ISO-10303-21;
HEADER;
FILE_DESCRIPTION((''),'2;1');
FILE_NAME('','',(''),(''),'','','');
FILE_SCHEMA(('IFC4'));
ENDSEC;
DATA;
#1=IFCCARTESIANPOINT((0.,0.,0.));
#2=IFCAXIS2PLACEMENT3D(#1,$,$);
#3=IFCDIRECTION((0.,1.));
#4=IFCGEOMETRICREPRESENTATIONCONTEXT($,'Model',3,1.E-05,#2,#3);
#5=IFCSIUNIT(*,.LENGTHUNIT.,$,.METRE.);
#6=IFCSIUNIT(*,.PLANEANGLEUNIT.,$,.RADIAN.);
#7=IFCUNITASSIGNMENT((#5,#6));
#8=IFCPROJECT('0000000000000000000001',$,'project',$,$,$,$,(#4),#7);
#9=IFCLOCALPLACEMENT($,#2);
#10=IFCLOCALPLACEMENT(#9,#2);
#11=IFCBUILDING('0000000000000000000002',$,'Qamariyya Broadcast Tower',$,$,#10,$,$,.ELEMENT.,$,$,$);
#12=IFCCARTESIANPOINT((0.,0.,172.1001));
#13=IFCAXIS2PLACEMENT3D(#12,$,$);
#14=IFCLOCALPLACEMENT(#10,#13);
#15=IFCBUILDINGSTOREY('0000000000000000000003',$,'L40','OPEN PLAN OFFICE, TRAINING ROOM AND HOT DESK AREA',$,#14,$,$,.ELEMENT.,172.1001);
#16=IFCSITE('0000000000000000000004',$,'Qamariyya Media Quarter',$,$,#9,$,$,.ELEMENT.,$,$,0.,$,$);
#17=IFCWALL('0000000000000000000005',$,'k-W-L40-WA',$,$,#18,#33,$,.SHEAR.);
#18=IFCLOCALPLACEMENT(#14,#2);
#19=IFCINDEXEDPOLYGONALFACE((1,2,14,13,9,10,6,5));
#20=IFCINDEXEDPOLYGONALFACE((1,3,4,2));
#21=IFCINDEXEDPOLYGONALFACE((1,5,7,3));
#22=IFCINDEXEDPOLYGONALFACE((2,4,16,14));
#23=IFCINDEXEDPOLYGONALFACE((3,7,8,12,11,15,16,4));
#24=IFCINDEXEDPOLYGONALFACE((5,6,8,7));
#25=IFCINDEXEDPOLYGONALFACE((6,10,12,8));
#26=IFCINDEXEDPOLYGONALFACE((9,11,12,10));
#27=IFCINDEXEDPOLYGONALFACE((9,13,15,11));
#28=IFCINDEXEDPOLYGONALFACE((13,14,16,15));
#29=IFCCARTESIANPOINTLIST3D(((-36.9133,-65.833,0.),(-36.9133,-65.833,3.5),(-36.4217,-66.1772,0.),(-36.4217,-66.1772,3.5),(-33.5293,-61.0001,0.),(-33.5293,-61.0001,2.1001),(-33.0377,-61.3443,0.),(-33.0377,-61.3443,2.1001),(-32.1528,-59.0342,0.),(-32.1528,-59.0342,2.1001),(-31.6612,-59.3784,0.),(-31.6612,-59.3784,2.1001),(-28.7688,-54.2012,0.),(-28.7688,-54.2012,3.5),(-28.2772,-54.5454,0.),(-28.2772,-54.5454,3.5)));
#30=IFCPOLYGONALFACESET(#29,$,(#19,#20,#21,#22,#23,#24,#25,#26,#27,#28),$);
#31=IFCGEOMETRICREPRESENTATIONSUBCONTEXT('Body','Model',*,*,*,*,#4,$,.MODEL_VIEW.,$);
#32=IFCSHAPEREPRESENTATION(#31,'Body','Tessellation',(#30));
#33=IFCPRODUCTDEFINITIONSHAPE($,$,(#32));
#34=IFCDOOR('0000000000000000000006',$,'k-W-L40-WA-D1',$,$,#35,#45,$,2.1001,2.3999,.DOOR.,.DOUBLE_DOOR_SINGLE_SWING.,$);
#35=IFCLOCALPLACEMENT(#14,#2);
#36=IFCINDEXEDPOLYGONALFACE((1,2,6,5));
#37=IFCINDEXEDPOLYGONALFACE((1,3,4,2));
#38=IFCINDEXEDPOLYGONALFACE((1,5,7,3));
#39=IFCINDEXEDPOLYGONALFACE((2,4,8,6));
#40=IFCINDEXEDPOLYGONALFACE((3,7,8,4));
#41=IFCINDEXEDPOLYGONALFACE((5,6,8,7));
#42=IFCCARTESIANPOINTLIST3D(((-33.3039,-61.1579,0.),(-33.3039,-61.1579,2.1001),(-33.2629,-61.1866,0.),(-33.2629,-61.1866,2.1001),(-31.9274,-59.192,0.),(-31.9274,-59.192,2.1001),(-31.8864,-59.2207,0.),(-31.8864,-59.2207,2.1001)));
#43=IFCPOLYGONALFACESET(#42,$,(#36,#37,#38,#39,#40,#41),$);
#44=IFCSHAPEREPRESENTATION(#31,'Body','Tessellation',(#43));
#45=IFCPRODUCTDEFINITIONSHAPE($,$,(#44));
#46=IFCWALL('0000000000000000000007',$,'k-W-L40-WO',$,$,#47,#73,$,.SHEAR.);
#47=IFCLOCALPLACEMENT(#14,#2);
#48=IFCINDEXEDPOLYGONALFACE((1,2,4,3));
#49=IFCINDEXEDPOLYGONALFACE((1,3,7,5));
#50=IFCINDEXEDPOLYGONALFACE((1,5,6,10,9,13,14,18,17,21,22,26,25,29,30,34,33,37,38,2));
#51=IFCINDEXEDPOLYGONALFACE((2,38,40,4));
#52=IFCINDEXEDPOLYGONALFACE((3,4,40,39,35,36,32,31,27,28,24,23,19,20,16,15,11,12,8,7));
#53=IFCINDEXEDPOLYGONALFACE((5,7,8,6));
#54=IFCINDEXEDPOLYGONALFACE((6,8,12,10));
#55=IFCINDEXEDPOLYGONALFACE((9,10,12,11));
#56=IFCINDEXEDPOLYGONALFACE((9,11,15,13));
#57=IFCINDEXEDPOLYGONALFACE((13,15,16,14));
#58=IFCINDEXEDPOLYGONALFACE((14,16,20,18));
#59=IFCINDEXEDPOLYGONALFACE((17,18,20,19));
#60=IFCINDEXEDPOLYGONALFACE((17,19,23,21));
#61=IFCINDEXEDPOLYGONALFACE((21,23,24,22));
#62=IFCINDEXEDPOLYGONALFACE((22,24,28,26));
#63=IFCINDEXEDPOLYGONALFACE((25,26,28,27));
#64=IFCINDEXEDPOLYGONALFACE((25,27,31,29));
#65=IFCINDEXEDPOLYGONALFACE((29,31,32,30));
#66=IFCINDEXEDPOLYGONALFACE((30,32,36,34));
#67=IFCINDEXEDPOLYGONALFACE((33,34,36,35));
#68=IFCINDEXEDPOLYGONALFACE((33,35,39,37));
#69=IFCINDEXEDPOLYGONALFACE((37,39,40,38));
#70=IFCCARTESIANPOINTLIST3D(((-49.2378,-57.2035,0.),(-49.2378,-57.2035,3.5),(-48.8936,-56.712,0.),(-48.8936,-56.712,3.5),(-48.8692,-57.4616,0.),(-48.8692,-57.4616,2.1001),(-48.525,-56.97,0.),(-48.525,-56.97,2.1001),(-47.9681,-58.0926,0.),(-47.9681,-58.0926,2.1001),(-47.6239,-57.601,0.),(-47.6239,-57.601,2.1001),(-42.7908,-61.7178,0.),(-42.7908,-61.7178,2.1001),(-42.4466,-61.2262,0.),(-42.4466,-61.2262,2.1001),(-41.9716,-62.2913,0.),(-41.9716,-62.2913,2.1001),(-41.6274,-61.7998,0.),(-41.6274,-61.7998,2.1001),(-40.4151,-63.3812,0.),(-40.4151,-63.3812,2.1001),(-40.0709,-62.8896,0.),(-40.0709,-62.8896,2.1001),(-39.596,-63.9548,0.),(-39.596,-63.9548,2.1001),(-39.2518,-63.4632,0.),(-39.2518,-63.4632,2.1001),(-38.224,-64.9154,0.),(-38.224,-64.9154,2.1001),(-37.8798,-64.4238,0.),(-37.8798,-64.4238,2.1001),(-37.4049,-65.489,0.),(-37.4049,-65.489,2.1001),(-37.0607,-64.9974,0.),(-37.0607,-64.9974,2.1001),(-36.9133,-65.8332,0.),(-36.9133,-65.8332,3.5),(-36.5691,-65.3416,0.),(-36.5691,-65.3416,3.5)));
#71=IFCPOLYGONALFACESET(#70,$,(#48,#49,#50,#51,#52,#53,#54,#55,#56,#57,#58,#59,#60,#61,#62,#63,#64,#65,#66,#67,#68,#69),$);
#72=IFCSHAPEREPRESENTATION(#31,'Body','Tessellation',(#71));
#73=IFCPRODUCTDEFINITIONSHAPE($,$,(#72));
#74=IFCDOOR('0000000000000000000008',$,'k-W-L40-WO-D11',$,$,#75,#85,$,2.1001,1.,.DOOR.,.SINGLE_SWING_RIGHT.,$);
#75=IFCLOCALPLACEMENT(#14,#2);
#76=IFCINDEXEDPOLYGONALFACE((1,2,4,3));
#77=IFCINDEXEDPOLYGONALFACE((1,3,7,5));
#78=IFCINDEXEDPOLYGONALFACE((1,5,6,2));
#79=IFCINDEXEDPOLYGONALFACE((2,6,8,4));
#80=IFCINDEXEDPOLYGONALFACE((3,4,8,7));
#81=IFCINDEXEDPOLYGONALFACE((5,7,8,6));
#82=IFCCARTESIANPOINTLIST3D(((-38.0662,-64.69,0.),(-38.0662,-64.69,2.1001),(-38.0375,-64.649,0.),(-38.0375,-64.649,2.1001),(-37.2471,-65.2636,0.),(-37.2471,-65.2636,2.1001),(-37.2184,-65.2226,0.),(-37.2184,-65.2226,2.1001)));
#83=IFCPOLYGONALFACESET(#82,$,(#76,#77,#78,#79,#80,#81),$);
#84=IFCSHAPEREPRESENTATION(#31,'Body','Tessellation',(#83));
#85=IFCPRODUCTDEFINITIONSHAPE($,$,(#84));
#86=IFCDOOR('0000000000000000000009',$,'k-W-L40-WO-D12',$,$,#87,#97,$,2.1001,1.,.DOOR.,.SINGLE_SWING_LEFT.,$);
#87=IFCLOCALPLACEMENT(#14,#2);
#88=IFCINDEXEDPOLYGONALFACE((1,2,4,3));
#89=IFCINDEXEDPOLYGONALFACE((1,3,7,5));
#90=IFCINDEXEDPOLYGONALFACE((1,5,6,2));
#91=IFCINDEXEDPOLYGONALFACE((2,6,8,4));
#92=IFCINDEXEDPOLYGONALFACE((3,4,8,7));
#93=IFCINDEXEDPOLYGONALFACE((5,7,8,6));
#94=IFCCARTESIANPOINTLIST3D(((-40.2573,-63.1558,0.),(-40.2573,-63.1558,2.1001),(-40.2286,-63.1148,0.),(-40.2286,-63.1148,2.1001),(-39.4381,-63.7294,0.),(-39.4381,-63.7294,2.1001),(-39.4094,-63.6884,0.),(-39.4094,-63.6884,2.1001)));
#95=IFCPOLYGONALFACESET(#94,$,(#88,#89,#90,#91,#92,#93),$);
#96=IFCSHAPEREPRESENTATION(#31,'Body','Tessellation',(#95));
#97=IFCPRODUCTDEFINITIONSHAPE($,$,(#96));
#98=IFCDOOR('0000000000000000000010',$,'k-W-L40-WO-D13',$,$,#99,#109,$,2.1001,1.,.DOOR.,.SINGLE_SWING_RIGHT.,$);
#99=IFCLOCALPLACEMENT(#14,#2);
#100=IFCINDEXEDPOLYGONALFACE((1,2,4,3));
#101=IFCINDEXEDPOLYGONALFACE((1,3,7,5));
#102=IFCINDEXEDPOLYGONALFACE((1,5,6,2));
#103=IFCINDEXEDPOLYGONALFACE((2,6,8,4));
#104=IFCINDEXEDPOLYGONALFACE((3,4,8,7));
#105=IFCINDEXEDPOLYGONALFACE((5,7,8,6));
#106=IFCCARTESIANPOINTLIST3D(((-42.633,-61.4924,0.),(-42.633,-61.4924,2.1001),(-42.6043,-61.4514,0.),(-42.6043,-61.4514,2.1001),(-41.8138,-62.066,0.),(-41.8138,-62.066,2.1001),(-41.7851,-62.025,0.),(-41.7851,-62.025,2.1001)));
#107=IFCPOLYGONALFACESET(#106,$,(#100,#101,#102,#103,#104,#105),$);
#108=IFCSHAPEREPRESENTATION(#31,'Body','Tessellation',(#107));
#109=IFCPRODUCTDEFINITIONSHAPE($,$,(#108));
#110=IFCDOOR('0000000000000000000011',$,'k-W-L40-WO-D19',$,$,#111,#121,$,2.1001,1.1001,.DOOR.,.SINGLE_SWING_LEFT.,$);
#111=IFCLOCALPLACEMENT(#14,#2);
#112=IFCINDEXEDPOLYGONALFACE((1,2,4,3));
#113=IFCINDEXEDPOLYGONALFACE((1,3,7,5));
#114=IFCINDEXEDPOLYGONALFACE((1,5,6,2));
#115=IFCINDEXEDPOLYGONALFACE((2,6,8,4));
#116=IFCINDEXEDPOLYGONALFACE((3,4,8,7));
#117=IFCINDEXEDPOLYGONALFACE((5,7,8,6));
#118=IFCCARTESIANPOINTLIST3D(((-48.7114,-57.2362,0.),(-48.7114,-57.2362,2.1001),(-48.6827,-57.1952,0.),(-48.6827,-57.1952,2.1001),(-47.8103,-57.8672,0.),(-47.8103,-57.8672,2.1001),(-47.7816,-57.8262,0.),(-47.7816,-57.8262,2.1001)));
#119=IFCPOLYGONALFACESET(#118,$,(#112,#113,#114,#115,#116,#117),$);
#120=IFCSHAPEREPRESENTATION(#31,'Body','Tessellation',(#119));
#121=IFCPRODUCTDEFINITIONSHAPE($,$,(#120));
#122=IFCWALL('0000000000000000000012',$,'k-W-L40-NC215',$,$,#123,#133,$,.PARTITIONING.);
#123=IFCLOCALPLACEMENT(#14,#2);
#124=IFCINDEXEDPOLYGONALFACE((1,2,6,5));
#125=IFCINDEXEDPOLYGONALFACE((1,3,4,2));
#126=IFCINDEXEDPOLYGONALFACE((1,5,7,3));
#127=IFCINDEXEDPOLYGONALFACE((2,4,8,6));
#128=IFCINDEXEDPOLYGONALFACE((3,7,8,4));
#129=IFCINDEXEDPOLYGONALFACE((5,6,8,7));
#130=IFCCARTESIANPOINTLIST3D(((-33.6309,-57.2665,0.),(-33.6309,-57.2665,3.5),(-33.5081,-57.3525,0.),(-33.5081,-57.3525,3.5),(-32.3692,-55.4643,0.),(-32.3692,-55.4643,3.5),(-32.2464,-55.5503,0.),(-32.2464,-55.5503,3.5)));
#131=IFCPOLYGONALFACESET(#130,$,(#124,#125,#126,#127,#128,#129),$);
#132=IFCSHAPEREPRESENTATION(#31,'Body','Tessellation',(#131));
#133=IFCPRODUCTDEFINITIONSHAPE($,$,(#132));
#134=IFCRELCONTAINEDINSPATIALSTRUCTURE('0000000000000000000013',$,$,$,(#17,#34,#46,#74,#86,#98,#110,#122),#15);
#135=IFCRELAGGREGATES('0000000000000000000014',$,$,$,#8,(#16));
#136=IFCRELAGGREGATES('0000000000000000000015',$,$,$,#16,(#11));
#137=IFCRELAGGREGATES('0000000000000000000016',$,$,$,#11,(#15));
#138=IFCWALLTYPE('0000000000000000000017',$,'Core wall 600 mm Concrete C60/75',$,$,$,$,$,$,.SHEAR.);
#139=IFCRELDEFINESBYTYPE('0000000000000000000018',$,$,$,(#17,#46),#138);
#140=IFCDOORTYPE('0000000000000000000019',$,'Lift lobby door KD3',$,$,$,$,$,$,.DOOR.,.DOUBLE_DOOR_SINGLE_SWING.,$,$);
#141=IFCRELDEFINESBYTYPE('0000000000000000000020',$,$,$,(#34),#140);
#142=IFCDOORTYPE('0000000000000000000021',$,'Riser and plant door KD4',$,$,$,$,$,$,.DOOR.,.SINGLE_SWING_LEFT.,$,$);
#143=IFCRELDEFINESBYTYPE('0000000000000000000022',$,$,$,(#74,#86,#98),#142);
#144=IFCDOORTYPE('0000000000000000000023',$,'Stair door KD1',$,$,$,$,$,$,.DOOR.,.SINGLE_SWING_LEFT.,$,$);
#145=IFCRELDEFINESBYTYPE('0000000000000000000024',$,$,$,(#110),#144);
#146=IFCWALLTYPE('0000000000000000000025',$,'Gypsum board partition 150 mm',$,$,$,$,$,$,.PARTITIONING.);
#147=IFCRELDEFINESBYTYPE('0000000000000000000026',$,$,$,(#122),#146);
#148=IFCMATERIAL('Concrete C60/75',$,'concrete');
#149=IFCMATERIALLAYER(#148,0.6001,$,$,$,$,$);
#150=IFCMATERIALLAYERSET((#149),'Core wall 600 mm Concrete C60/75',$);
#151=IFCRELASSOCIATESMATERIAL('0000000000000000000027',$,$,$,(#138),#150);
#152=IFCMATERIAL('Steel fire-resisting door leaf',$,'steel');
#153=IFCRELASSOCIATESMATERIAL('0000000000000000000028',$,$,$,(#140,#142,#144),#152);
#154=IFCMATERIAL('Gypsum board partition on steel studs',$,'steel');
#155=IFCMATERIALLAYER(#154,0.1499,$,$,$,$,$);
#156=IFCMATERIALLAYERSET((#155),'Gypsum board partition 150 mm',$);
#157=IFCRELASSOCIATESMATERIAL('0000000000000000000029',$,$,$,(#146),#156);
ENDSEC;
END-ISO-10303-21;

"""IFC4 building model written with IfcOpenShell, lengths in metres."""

from ifc_helpers import new_model, si_unit, direction, frame, frame_2d, origin, place, context, subcontext, project, spatial, rectangle, extrude, material, layer, layer_set, type_object, element, fill, save


model = new_model("IFC4")

# Units and contexts
model_context = context("Model", 3, precision=1e-05, world=origin(), true_north=direction((0.0, 1.0)))
body_context = subcontext(model_context, "Body", "Model", "MODEL_VIEW")
ifc_project = project(units=[si_unit("LENGTHUNIT", "METRE"), si_unit("PLANEANGLEUNIT", "RADIAN")], contexts=[model_context])

# Site, building, storey
site_placement = place(None, origin())
site = spatial("IfcSite", under=ifc_project, at=site_placement, Name="Qamariyya Media Quarter", CompositionType="ELEMENT", RefElevation=0.0)
building_placement = place(site_placement, origin())
building = spatial("IfcBuilding", under=site, at=building_placement, Name="Qamariyya Broadcast Tower", CompositionType="ELEMENT")
storey_placement = place(building_placement, frame((0.0, 0.0, 172.1001)))
storey = spatial("IfcBuildingStorey", under=building, at=storey_placement, Name="L40", Description="OPEN PLAN OFFICE, TRAINING ROOM AND HOT DESK AREA", CompositionType="ELEMENT", Elevation=172.1001)

# Wall, opening, door
ifc_material_1 = material(Name="Concrete C60/75", Category="concrete")
ifc_layer_1 = layer(ifc_material_1, 0.6001)
ifc_layer_set_1 = layer_set([ifc_layer_1], Name="Core wall 600 mm Concrete C60/75")
wall_type_1 = type_object("IfcWallType", Name="Core wall 600 mm Concrete C60/75", PredefinedType="SHEAR", material=ifc_layer_set_1)
wall_1_placement = place(storey_placement, frame((-36.6675, -66.0051, 0.0), z_axis=(0.0, 0.0, 1.0), x_axis=(0.573568, 0.819158, 0.0)))
wall_1 = element("IfcWall", 1, at=wall_1_placement, inside=storey, type_object=wall_type_1, Name="k-W-L40-WA", PredefinedType="SHEAR", context=body_context, shape_type="SweptSolid", body=[
    extrude(rectangle(XDim=14.1997, YDim=0.6001, at=frame_2d((7.0999, 0.0))), origin(), (0.0, 0.0, 1.0), 3.5),
])
opening_1_placement = place(wall_1_placement, frame((5.8999, 0.0, 0.0)))
opening_1 = element("IfcOpeningElement", 2, at=opening_1_placement, cuts=wall_1, PredefinedType="OPENING", context=body_context, shape_type="SweptSolid", body=[
    extrude(rectangle(XDim=2.3999, YDim=2.1001, at=frame_2d((1.2, 1.05))), frame((0.0, 0.3101, 0.0), z_axis=(0.0, -1.0, 0.0), x_axis=(1.0, 0.0, 0.0)), (0.0, 0.0, 1.0), 0.6201),
])
ifc_material_2 = material(Name="Steel fire-resisting door leaf", Category="steel")
door_type_1 = type_object("IfcDoorType", Name="Lift lobby door KD3", OperationType="DOUBLE_DOOR_SINGLE_SWING", PredefinedType="DOOR", material=ifc_material_2)
door_1_placement = place(opening_1_placement, origin())
door_1 = element("IfcDoor", 3, at=door_1_placement, inside=storey, type_object=door_type_1, Name="k-W-L40-WA-D1", OperationType="DOUBLE_DOOR_SINGLE_SWING", OverallHeight=2.1001, OverallWidth=2.3999, PredefinedType="DOOR", context=body_context, shape_type="SweptSolid", body=[
    extrude(rectangle(XDim=2.3999, YDim=2.1001, at=frame_2d((1.2, 1.05))), frame((0.0, 0.0249, 0.0), z_axis=(0.0, -1.0, 0.0), x_axis=(1.0, 0.0, 0.0)), (0.0, 0.0, 1.0), 0.05),
])
fill(opening_1, door_1)

# Wall, openings, doors
wall_2_placement = place(storey_placement, frame((-36.7412, -65.5874, 0.0), z_axis=(0.0, 0.0, 1.0), x_axis=(-0.819153, 0.573575, 0.0)))
wall_2 = element("IfcWall", 4, at=wall_2_placement, inside=storey, type_object=wall_type_1, Name="k-W-L40-WO", PredefinedType="SHEAR", context=body_context, shape_type="SweptSolid", body=[
    extrude(rectangle(XDim=15.0454, YDim=0.6001, at=frame_2d((7.5227, 0.0))), origin(), (0.0, 0.0, 1.0), 3.5),
])
opening_2_placement = place(wall_2_placement, frame((0.6001, 0.0, 0.0)))
opening_2 = element("IfcOpeningElement", 5, at=opening_2_placement, cuts=wall_2, PredefinedType="OPENING", context=body_context, shape_type="SweptSolid", body=[
    extrude(rectangle(XDim=1.0, YDim=2.1001, at=frame_2d((0.5, 1.05))), frame((0.0, 0.3101, 0.0), z_axis=(0.0, -1.0, 0.0), x_axis=(1.0, 0.0, 0.0)), (0.0, 0.0, 1.0), 0.6201),
])
opening_3_placement = place(wall_2_placement, frame((3.2749, 0.0, 0.0)))
opening_3 = element("IfcOpeningElement", 6, at=opening_3_placement, cuts=wall_2, PredefinedType="OPENING", context=body_context, shape_type="SweptSolid", body=[
    extrude(rectangle(XDim=1.0, YDim=2.1001, at=frame_2d((0.5, 1.05))), frame((0.0, 0.3101, 0.0), z_axis=(0.0, -1.0, 0.0), x_axis=(1.0, 0.0, 0.0)), (0.0, 0.0, 1.0), 0.6201),
])
opening_4_placement = place(wall_2_placement, frame((6.175, 0.0, 0.0)))
opening_4 = element("IfcOpeningElement", 7, at=opening_4_placement, cuts=wall_2, PredefinedType="OPENING", context=body_context, shape_type="SweptSolid", body=[
    extrude(rectangle(XDim=1.0, YDim=2.1001, at=frame_2d((0.5, 1.05))), frame((0.0, 0.3101, 0.0), z_axis=(0.0, -1.0, 0.0), x_axis=(1.0, 0.0, 0.0)), (0.0, 0.0, 1.0), 0.6201),
])
opening_5_placement = place(wall_2_placement, frame((13.4954, 0.0, 0.0)))
opening_5 = element("IfcOpeningElement", 8, at=opening_5_placement, cuts=wall_2, PredefinedType="OPENING", context=body_context, shape_type="SweptSolid", body=[
    extrude(rectangle(XDim=1.1001, YDim=2.1001, at=frame_2d((0.55, 1.05))), frame((0.0, 0.3101, 0.0), z_axis=(0.0, -1.0, 0.0), x_axis=(1.0, 0.0, 0.0)), (0.0, 0.0, 1.0), 0.6201),
])
door_type_2 = type_object("IfcDoorType", Name="Riser and plant door KD4", OperationType="SINGLE_SWING_LEFT", PredefinedType="DOOR", material=ifc_material_2)
door_2_placement = place(opening_2_placement, origin())
door_2 = element("IfcDoor", 9, at=door_2_placement, inside=storey, type_object=door_type_2, Name="k-W-L40-WO-D11", OperationType="SINGLE_SWING_RIGHT", OverallHeight=2.1001, OverallWidth=1.0, PredefinedType="DOOR", context=body_context, shape_type="SweptSolid", body=[
    extrude(rectangle(XDim=1.0, YDim=2.1001, at=frame_2d((0.5, 1.05))), frame((0.0, 0.0249, 0.0), z_axis=(0.0, -1.0, 0.0), x_axis=(1.0, 0.0, 0.0)), (0.0, 0.0, 1.0), 0.05),
])
fill(opening_2, door_2)
door_3_placement = place(opening_3_placement, origin())
door_3 = element("IfcDoor", 10, at=door_3_placement, inside=storey, type_object=door_type_2, Name="k-W-L40-WO-D12", OperationType="SINGLE_SWING_LEFT", OverallHeight=2.1001, OverallWidth=1.0, PredefinedType="DOOR", context=body_context, shape_type="SweptSolid", body=[
    extrude(rectangle(XDim=1.0, YDim=2.1001, at=frame_2d((0.5, 1.05))), frame((0.0, 0.0249, 0.0), z_axis=(0.0, -1.0, 0.0), x_axis=(1.0, 0.0, 0.0)), (0.0, 0.0, 1.0), 0.05),
])
fill(opening_3, door_3)
door_4_placement = place(opening_4_placement, origin())
door_4 = element("IfcDoor", 11, at=door_4_placement, inside=storey, type_object=door_type_2, Name="k-W-L40-WO-D13", OperationType="SINGLE_SWING_RIGHT", OverallHeight=2.1001, OverallWidth=1.0, PredefinedType="DOOR", context=body_context, shape_type="SweptSolid", body=[
    extrude(rectangle(XDim=1.0, YDim=2.1001, at=frame_2d((0.5, 1.05))), frame((0.0, 0.0249, 0.0), z_axis=(0.0, -1.0, 0.0), x_axis=(1.0, 0.0, 0.0)), (0.0, 0.0, 1.0), 0.05),
])
fill(opening_4, door_4)
door_type_3 = type_object("IfcDoorType", Name="Stair door KD1", OperationType="SINGLE_SWING_LEFT", PredefinedType="DOOR", material=ifc_material_2)
door_5_placement = place(opening_5_placement, origin())
door_5 = element("IfcDoor", 12, at=door_5_placement, inside=storey, type_object=door_type_3, Name="k-W-L40-WO-D19", OperationType="SINGLE_SWING_LEFT", OverallHeight=2.1001, OverallWidth=1.1001, PredefinedType="DOOR", context=body_context, shape_type="SweptSolid", body=[
    extrude(rectangle(XDim=1.1001, YDim=2.1001, at=frame_2d((0.55, 1.05))), frame((0.0, 0.0249, 0.0), z_axis=(0.0, -1.0, 0.0), x_axis=(1.0, 0.0, 0.0)), (0.0, 0.0, 1.0), 0.05),
])
fill(opening_5, door_5)

# Wall
ifc_material_3 = material(Name="Gypsum board partition on steel studs", Category="steel")
ifc_layer_2 = layer(ifc_material_3, 0.1499)
ifc_layer_set_2 = layer_set([ifc_layer_2], Name="Gypsum board partition 150 mm")
wall_type_2 = type_object("IfcWallType", Name="Gypsum board partition 150 mm", PredefinedType="PARTITIONING", material=ifc_layer_set_2)
wall_3_placement = place(storey_placement, frame((-33.5696, -57.3096, 0.0), z_axis=(0.0, 0.0, 1.0), x_axis=(0.573507, 0.819201, 0.0)))
element("IfcWall", 13, at=wall_3_placement, inside=storey, type_object=wall_type_2, Name="k-W-L40-NC215", PredefinedType="PARTITIONING", context=body_context, shape_type="SweptSolid", body=[
    extrude(rectangle(XDim=2.2, YDim=0.1499, at=frame_2d((1.1001, 0.0))), origin(), (0.0, 0.0, 1.0), 3.5),
])

save(model, "model.ifc")
